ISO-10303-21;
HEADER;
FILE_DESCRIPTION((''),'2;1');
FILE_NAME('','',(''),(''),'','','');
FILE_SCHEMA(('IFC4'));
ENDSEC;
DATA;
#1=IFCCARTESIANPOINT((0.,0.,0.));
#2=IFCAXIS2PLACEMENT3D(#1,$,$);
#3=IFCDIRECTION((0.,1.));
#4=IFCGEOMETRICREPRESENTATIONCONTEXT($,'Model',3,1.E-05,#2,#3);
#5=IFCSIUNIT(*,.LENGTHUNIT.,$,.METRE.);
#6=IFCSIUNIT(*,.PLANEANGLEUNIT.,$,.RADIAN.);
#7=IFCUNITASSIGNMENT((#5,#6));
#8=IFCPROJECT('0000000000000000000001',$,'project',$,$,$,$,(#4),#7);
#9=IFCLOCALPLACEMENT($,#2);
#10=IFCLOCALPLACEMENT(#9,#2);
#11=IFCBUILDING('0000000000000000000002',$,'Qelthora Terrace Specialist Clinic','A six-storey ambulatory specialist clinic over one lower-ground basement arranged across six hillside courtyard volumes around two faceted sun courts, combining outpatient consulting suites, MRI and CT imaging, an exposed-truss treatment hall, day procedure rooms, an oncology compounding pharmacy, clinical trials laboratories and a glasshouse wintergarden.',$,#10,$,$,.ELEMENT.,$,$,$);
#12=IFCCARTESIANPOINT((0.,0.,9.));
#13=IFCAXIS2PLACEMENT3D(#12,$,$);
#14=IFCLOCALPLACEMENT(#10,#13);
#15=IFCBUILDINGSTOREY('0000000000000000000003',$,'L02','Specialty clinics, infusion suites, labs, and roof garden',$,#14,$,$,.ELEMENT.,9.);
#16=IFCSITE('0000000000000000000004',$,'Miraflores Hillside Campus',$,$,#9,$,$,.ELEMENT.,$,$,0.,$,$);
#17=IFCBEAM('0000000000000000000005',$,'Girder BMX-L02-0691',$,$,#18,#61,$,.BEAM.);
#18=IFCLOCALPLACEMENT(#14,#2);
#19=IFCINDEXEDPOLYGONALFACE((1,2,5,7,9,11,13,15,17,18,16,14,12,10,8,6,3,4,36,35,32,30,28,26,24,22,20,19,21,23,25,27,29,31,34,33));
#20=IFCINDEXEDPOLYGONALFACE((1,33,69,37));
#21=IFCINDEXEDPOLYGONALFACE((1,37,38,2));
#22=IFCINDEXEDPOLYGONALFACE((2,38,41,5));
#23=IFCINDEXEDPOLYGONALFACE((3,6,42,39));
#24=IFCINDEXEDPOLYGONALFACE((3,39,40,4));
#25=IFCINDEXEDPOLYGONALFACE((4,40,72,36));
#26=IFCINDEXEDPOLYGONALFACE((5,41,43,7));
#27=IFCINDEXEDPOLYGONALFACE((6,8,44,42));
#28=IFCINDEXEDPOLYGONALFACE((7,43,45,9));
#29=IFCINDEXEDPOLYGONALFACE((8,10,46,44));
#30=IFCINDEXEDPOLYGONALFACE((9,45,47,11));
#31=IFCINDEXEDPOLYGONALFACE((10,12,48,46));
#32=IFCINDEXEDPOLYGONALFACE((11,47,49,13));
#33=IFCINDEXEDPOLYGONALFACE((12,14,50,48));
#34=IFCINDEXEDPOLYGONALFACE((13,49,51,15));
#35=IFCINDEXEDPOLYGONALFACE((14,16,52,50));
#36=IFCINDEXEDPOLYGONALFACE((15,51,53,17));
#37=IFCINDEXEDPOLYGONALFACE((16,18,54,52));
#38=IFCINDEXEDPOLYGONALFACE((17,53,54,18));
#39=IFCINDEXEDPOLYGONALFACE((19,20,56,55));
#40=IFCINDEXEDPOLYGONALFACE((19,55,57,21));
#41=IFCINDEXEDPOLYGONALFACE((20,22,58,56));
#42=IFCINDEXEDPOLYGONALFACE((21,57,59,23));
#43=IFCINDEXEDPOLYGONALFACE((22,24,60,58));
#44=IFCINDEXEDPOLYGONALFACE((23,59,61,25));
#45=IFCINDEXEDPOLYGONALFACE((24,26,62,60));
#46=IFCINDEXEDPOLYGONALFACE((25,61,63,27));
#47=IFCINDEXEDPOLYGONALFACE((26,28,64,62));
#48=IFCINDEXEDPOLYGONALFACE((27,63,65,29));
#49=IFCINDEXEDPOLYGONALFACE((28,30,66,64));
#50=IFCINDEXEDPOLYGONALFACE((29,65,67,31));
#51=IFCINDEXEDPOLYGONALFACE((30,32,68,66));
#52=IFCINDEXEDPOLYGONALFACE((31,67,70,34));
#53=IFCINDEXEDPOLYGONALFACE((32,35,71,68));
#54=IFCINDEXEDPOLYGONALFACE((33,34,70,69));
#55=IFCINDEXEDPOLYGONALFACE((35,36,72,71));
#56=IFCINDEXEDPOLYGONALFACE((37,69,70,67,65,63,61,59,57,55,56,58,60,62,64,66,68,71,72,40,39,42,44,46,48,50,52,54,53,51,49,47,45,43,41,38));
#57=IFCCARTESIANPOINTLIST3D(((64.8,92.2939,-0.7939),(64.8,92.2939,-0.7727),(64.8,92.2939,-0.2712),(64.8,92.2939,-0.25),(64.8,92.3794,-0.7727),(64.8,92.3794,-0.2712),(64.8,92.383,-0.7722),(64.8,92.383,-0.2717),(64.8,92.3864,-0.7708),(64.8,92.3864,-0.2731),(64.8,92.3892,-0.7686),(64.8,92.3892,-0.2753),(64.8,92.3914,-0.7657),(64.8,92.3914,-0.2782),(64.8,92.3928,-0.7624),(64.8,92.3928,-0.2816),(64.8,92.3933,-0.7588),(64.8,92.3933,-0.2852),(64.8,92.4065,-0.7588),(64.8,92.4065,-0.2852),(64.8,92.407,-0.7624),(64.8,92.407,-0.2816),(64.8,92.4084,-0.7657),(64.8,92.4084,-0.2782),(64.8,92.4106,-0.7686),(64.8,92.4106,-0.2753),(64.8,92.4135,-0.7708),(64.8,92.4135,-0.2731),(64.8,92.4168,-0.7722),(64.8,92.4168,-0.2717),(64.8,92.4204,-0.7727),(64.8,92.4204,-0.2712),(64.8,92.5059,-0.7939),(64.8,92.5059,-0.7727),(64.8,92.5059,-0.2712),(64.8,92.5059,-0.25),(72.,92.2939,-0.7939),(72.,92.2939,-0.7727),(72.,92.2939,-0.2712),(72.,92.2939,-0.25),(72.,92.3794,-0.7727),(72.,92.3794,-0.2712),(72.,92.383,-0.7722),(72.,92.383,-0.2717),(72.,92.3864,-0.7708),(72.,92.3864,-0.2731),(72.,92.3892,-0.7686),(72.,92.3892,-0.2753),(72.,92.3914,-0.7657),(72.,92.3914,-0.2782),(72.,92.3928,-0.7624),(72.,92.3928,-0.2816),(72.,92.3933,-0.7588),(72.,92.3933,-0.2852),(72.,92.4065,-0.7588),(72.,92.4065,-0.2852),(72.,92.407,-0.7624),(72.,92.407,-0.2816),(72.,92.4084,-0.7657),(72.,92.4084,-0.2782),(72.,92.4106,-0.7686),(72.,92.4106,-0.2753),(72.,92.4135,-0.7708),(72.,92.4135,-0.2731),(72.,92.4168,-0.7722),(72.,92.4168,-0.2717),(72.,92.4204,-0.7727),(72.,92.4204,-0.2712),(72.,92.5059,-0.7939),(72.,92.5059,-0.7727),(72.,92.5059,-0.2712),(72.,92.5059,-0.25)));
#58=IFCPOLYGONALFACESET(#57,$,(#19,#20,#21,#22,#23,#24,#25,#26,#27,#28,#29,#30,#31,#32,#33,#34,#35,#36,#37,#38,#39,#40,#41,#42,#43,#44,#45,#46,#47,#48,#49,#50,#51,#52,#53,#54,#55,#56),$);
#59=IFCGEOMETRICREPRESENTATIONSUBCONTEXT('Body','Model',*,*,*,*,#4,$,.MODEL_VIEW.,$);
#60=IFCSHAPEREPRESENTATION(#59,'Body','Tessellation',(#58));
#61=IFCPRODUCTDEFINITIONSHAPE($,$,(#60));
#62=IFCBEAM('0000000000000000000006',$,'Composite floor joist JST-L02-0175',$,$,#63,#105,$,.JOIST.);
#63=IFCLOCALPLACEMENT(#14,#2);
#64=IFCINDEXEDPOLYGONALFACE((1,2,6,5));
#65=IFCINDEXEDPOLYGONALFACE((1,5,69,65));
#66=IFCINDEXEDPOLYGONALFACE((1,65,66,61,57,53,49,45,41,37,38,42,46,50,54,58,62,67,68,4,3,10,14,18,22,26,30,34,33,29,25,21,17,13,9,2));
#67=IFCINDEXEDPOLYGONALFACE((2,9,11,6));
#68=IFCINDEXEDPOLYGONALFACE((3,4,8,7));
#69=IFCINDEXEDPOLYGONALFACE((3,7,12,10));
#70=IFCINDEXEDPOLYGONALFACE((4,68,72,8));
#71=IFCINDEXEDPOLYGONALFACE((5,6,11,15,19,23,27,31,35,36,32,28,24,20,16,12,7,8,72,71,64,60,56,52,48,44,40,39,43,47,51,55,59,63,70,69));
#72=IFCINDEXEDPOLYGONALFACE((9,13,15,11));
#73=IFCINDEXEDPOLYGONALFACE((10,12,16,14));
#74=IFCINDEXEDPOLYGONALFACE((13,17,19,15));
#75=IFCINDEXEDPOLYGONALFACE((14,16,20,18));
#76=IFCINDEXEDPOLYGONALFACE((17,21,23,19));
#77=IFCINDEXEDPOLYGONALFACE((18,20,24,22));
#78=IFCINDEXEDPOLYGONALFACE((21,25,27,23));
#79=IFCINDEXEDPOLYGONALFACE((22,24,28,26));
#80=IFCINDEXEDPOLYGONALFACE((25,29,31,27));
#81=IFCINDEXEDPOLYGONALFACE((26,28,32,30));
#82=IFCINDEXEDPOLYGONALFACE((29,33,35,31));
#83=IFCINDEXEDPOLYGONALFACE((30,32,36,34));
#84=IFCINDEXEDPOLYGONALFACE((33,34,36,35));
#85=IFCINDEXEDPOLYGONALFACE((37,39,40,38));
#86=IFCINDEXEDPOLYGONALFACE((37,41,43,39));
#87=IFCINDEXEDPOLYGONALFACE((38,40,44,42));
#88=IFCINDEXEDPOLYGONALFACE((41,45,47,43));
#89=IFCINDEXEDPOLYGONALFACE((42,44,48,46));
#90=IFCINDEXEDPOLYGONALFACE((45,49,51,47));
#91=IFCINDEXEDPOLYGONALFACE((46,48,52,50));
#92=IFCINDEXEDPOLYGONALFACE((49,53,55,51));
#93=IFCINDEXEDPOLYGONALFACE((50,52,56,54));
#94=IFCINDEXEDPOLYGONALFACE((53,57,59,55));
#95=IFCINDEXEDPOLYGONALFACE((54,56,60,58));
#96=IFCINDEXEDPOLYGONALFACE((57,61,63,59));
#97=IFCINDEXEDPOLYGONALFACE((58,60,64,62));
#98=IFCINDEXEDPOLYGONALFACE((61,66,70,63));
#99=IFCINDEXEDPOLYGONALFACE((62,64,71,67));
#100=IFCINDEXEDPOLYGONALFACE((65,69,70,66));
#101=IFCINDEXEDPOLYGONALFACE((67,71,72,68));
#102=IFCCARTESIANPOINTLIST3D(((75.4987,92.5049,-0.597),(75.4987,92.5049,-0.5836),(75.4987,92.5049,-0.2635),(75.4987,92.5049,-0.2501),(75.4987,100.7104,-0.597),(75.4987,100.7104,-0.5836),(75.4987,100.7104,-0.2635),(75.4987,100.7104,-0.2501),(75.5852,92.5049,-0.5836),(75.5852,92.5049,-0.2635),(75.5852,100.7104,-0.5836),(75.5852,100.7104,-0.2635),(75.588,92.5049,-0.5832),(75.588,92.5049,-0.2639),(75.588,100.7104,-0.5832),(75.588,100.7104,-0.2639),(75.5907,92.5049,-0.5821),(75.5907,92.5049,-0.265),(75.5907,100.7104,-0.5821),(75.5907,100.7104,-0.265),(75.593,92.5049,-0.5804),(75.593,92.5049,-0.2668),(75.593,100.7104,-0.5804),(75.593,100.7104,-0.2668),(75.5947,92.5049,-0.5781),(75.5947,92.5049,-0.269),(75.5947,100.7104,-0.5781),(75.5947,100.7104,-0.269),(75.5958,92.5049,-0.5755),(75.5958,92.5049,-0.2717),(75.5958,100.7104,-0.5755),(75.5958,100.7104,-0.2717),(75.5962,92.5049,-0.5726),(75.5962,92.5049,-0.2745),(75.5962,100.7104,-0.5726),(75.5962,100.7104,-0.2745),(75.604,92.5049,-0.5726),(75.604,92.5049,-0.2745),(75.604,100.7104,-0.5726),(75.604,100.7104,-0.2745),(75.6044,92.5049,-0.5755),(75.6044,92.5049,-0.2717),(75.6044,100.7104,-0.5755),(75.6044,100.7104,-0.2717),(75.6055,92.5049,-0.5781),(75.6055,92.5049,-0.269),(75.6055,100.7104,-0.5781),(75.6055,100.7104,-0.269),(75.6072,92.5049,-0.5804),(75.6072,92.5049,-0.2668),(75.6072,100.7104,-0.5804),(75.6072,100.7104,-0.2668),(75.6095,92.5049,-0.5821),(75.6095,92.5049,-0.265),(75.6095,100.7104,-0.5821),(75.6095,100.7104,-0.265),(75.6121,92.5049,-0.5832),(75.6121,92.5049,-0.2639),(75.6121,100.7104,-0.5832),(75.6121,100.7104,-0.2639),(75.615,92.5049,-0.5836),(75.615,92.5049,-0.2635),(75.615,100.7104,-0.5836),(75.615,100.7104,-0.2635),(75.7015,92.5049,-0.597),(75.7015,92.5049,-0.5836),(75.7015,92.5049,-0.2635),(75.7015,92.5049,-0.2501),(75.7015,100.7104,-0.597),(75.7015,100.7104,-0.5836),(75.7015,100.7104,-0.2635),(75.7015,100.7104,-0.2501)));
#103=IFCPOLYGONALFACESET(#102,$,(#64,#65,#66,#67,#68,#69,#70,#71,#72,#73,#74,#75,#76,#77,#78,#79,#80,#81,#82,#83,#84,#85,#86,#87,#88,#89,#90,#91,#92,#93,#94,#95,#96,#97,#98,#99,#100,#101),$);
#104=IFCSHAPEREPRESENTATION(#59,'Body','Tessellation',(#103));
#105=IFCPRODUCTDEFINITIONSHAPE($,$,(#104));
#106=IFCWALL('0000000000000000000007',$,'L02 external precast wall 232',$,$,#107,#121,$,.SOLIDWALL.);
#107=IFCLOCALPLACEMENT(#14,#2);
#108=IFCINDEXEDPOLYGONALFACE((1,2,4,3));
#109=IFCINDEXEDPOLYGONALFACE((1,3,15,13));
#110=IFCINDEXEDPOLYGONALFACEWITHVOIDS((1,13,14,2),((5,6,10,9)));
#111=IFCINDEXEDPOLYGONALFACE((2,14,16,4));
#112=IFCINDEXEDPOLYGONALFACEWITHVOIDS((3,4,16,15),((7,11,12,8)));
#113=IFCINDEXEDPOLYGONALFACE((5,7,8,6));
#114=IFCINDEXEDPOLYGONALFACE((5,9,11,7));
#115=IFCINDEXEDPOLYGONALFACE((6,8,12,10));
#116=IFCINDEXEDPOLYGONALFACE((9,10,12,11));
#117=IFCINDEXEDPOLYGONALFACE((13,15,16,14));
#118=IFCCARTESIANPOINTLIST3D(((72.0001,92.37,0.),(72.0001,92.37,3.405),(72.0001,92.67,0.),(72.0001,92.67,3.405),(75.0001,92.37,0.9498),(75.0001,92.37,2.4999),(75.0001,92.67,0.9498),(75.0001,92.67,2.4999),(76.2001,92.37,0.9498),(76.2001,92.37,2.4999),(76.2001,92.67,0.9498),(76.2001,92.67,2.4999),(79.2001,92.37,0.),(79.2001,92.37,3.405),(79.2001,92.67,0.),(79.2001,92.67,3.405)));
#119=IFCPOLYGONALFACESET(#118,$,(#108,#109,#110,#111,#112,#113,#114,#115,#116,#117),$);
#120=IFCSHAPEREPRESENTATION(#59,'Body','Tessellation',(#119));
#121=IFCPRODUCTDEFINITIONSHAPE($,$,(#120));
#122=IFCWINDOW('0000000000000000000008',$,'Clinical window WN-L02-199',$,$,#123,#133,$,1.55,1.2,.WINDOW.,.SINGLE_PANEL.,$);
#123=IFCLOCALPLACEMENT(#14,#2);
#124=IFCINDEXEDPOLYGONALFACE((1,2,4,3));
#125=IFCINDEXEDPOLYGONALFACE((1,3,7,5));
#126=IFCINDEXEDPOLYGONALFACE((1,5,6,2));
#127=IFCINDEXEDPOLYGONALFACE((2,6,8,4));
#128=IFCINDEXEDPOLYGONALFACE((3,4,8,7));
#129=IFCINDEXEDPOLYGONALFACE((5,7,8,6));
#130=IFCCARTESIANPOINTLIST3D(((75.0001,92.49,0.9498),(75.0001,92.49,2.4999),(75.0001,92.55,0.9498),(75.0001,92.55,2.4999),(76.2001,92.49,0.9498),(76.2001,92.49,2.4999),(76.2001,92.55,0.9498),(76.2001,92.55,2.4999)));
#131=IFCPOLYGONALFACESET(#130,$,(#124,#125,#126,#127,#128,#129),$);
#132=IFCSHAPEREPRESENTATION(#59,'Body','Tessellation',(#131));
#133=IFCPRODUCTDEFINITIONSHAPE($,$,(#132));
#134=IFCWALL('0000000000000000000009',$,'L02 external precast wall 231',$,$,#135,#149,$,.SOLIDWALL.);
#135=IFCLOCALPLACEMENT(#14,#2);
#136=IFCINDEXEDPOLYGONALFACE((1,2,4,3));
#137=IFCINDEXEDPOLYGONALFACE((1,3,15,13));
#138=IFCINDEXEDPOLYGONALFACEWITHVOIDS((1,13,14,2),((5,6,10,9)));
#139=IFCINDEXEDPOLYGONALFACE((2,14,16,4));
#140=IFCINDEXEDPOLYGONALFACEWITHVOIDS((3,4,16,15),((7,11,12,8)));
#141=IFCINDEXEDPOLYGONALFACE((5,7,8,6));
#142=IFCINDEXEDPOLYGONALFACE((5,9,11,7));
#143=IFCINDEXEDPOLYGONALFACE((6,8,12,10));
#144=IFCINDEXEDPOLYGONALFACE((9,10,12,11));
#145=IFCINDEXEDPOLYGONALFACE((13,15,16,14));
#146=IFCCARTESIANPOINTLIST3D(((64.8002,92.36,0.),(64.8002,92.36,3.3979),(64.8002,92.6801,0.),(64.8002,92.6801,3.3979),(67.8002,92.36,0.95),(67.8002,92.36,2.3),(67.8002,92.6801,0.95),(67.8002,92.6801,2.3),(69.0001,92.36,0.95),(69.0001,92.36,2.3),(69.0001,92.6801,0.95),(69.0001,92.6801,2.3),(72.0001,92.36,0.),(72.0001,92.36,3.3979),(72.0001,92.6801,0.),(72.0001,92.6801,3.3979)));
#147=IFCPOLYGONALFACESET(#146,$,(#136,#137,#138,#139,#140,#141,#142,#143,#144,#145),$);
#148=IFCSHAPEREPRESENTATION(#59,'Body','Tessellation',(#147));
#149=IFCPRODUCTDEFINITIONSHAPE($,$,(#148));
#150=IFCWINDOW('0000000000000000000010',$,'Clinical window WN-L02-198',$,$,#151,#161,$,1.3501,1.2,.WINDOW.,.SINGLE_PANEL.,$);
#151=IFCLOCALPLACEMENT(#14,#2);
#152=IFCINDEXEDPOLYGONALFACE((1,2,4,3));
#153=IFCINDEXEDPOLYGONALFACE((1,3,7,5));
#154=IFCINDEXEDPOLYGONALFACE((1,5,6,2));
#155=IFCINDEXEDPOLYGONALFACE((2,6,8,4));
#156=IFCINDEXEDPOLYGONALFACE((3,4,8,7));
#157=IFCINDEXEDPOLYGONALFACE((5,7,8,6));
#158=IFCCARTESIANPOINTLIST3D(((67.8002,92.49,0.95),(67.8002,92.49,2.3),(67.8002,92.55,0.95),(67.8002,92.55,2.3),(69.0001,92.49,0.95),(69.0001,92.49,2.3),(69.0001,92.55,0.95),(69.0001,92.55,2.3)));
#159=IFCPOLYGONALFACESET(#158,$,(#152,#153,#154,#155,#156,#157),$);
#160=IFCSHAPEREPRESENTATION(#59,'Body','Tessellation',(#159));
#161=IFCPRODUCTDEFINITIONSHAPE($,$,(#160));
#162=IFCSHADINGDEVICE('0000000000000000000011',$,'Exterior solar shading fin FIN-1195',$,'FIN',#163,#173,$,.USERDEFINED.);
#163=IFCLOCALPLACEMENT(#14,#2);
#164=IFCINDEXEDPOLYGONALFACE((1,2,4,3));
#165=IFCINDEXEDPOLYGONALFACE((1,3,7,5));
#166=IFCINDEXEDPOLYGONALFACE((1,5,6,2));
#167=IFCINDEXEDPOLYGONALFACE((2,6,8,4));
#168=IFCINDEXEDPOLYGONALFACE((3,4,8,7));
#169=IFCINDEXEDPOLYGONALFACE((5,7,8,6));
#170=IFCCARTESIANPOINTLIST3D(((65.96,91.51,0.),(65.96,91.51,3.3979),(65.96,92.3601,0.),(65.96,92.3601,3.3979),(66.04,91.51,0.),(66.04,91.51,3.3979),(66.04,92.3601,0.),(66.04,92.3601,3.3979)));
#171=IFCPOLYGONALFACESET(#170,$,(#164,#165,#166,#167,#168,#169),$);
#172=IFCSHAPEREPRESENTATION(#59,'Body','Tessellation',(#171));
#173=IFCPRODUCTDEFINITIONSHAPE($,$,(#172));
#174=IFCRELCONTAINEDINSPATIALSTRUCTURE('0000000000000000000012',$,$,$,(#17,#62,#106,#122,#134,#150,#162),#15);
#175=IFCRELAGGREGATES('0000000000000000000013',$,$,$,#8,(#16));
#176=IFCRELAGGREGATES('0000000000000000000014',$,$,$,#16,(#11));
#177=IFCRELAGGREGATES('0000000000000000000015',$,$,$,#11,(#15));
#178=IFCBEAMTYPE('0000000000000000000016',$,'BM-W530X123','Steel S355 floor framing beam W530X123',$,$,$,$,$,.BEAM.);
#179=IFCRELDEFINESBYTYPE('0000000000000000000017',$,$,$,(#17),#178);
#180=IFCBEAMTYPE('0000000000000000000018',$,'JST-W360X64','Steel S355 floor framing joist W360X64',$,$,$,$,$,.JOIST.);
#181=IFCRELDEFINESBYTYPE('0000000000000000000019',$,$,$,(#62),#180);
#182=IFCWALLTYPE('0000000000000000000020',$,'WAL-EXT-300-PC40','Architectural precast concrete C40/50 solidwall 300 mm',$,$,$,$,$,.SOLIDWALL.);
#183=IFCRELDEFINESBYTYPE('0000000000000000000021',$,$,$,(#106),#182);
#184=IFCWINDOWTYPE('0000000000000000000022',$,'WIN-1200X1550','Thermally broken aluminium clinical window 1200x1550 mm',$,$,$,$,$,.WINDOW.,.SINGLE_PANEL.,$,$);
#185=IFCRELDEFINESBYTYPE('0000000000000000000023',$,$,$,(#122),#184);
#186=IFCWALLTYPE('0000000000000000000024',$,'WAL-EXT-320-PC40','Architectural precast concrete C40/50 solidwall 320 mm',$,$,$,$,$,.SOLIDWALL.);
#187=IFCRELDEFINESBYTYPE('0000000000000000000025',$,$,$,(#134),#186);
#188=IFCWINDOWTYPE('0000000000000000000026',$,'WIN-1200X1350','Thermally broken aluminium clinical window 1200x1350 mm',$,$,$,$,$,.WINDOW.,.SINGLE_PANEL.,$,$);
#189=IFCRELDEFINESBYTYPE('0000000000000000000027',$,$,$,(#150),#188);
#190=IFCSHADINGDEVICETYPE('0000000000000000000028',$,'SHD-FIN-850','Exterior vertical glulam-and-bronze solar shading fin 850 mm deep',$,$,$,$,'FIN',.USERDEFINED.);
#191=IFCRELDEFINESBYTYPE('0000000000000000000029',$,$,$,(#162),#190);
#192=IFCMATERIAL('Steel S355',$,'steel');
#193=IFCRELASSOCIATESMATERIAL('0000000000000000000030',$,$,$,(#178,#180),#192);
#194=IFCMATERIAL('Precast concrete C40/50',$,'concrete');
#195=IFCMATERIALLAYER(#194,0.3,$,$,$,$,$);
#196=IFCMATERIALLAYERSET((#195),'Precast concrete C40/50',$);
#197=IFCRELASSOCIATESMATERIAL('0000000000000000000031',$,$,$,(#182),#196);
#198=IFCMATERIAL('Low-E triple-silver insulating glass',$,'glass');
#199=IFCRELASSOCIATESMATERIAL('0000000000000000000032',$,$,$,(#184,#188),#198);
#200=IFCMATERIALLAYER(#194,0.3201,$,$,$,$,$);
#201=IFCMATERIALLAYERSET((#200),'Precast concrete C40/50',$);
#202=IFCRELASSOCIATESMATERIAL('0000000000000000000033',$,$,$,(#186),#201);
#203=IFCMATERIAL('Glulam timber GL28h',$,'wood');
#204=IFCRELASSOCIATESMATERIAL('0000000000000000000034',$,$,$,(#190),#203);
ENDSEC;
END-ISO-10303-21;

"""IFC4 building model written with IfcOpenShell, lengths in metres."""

from ifc_helpers import new_model, si_unit, direction, frame, frame_2d, origin, origin_2d, place, context, subcontext, project, spatial, rectangle, i_section, extrude, material, layer, layer_set, material_profile, profile_set, type_object, element, fill, save


model = new_model("IFC4")

# Units and contexts
model_context = context("Model", 3, precision=1e-05, world=origin(), true_north=direction((0.0, 1.0)))
body_context = subcontext(model_context, "Body", "Model", "MODEL_VIEW")
ifc_project = project(units=[si_unit("LENGTHUNIT", "METRE"), si_unit("PLANEANGLEUNIT", "RADIAN")], contexts=[model_context])

# Site, building, storey
site_placement = place(None, origin())
site = spatial("IfcSite", under=ifc_project, at=site_placement, Name="Miraflores Hillside Campus", CompositionType="ELEMENT", RefElevation=0.0)
building_placement = place(site_placement, origin())
building = spatial("IfcBuilding", under=site, at=building_placement, Name="Qelthora Terrace Specialist Clinic", Description="A six-storey ambulatory specialist clinic over one lower-ground basement arranged across six hillside courtyard volumes around two faceted sun courts, combining outpatient consulting suites, MRI and CT imaging, an exposed-truss treatment hall, day procedure rooms, an oncology compounding pharmacy, clinical trials laboratories and a glasshouse wintergarden.", CompositionType="ELEMENT")
storey_placement = place(building_placement, frame((0.0, 0.0, 9.0)))
storey = spatial("IfcBuildingStorey", under=building, at=storey_placement, Name="L02", Description="Specialty clinics, infusion suites, labs, and roof garden", CompositionType="ELEMENT", Elevation=9.0)

# Shared definitions
ifc_material_1 = material(Name="Steel S355", Category="steel")

# Beams
ifc_material_profile_1 = material_profile(ifc_material_1, i_section(OverallWidth=0.2119, OverallDepth=0.5439, WebThickness=0.0132, FlangeThickness=0.0212, FilletRadius=0.0139, at=origin_2d()), Name="W530X123")
ifc_profile_set_1 = profile_set([ifc_material_profile_1], Name="Steel S355")
beam_type_1 = type_object("IfcBeamType", Name="BM-W530X123", Description="Steel S355 floor framing beam W530X123", PredefinedType="BEAM", material=ifc_profile_set_1)
beam_1_placement = place(storey_placement, frame((64.8, 92.3999, -0.522), z_axis=(1.0, 0.0, 0.0), x_axis=(0.0, 1.0, 0.0)))
element("IfcBeam", 1, at=beam_1_placement, inside=storey, type_object=beam_type_1, Name="Girder BMX-L02-0691", PredefinedType="BEAM", context=body_context, shape_type="SweptSolid", body=[
    extrude(i_section(OverallWidth=0.2119, OverallDepth=0.5439, WebThickness=0.0132, FlangeThickness=0.0212, FilletRadius=0.0139, at=origin_2d()), origin(), (0.0, 0.0, 1.0), 7.2),
])
ifc_material_profile_2 = material_profile(ifc_material_1, i_section(OverallWidth=0.2029, OverallDepth=0.3469, WebThickness=0.0078, FlangeThickness=0.0134, FilletRadius=0.011, at=origin_2d()), Name="W360X64")
ifc_profile_set_2 = profile_set([ifc_material_profile_2], Name="Steel S355")
beam_type_2 = type_object("IfcBeamType", Name="JST-W360X64", Description="Steel S355 floor framing joist W360X64", PredefinedType="JOIST", material=ifc_profile_set_2)
beam_2_placement = place(storey_placement, frame((75.6001, 92.5049, -0.4236), z_axis=(0.0, 1.0, 0.0), x_axis=(-1.0, 0.0, 0.0)))
element("IfcBeam", 2, at=beam_2_placement, inside=storey, type_object=beam_type_2, Name="Composite floor joist JST-L02-0175", PredefinedType="JOIST", context=body_context, shape_type="SweptSolid", body=[
    extrude(i_section(OverallWidth=0.2029, OverallDepth=0.3469, WebThickness=0.0078, FlangeThickness=0.0134, FilletRadius=0.011, at=origin_2d()), origin(), (0.0, 0.0, 1.0), 8.2056),
])

# Walls, openings, windows
ifc_material_2 = material(Name="Precast concrete C40/50", Category="concrete")
ifc_layer_1 = layer(ifc_material_2, 0.3)
ifc_layer_set_1 = layer_set([ifc_layer_1], Name="Precast concrete C40/50")
wall_type_1 = type_object("IfcWallType", Name="WAL-EXT-300-PC40", Description="Architectural precast concrete C40/50 solidwall 300 mm", PredefinedType="SOLIDWALL", material=ifc_layer_set_1)
wall_1_placement = place(storey_placement, frame((72.0, 92.52, 0.0), z_axis=(0.0, 0.0, 1.0), x_axis=(1.0, 0.0, 0.0)))
wall_1 = element("IfcWall", 3, at=wall_1_placement, inside=storey, type_object=wall_type_1, Name="L02 external precast wall 232", PredefinedType="SOLIDWALL", context=body_context, shape_type="SweptSolid", body=[
    extrude(rectangle(XDim=7.2, YDim=0.3, at=frame_2d((3.6001, 0.0))), origin(), (0.0, 0.0, 1.0), 3.405),
])
opening_1_placement = place(wall_1_placement, frame((3.0, 0.0, 0.95)))
opening_1 = element("IfcOpeningElement", 4, at=opening_1_placement, cuts=wall_1, PredefinedType="OPENING", context=body_context, shape_type="SweptSolid", body=[
    extrude(rectangle(XDim=1.2, YDim=1.55, at=frame_2d((0.6001, 0.7749))), frame((0.0, 0.1599, 0.0), z_axis=(0.0, -1.0, 0.0), x_axis=(1.0, 0.0, 0.0)), (0.0, 0.0, 1.0), 0.3201),
])
ifc_material_3 = material(Name="Low-E triple-silver insulating glass", Category="glass")
window_type_1 = type_object("IfcWindowType", Name="WIN-1200X1550", Description="Thermally broken aluminium clinical window 1200x1550 mm", PartitioningType="SINGLE_PANEL", PredefinedType="WINDOW", material=ifc_material_3)
window_1_placement = place(opening_1_placement, origin())
window_1 = element("IfcWindow", 5, at=window_1_placement, inside=storey, type_object=window_type_1, Name="Clinical window WN-L02-199", OverallHeight=1.55, OverallWidth=1.2, PartitioningType="SINGLE_PANEL", PredefinedType="WINDOW", context=body_context, shape_type="SweptSolid", body=[
    extrude(rectangle(XDim=1.2, YDim=1.55, at=frame_2d((0.6001, 0.7749))), frame((0.0, 0.03, 0.0), z_axis=(0.0, -1.0, 0.0), x_axis=(1.0, 0.0, 0.0)), (0.0, 0.0, 1.0), 0.0601),
])
fill(opening_1, window_1)
ifc_layer_2 = layer(ifc_material_2, 0.3201)
ifc_layer_set_2 = layer_set([ifc_layer_2], Name="Precast concrete C40/50")
wall_type_2 = type_object("IfcWallType", Name="WAL-EXT-320-PC40", Description="Architectural precast concrete C40/50 solidwall 320 mm", PredefinedType="SOLIDWALL", material=ifc_layer_set_2)
wall_2_placement = place(storey_placement, frame((64.8, 92.52, 0.0), z_axis=(0.0, 0.0, 1.0), x_axis=(1.0, 0.0, 0.0)))
wall_2 = element("IfcWall", 6, at=wall_2_placement, inside=storey, type_object=wall_type_2, Name="L02 external precast wall 231", PredefinedType="SOLIDWALL", context=body_context, shape_type="SweptSolid", body=[
    extrude(rectangle(XDim=7.2, YDim=0.3201, at=frame_2d((3.6001, 0.0))), origin(), (0.0, 0.0, 1.0), 3.3979),
])
opening_2_placement = place(wall_2_placement, frame((3.0, 0.0, 0.95)))
opening_2 = element("IfcOpeningElement", 7, at=opening_2_placement, cuts=wall_2, PredefinedType="OPENING", context=body_context, shape_type="SweptSolid", body=[
    extrude(rectangle(XDim=1.2, YDim=1.3501, at=frame_2d((0.6001, 0.675))), frame((0.0, 0.1699, 0.0), z_axis=(0.0, -1.0, 0.0), x_axis=(1.0, 0.0, 0.0)), (0.0, 0.0, 1.0), 0.3401),
])
window_type_2 = type_object("IfcWindowType", Name="WIN-1200X1350", Description="Thermally broken aluminium clinical window 1200x1350 mm", PartitioningType="SINGLE_PANEL", PredefinedType="WINDOW", material=ifc_material_3)
window_2_placement = place(opening_2_placement, origin())
window_2 = element("IfcWindow", 8, at=window_2_placement, inside=storey, type_object=window_type_2, Name="Clinical window WN-L02-198", OverallHeight=1.3501, OverallWidth=1.2, PartitioningType="SINGLE_PANEL", PredefinedType="WINDOW", context=body_context, shape_type="SweptSolid", body=[
    extrude(rectangle(XDim=1.2, YDim=1.3501, at=frame_2d((0.6001, 0.675))), frame((0.0, 0.03, 0.0), z_axis=(0.0, -1.0, 0.0), x_axis=(1.0, 0.0, 0.0)), (0.0, 0.0, 1.0), 0.0601),
])
fill(opening_2, window_2)

# Shading device
ifc_material_4 = material(Name="Glulam timber GL28h", Category="wood")
shading_device_type = type_object("IfcShadingDeviceType", Name="SHD-FIN-850", Description="Exterior vertical glulam-and-bronze solar shading fin 850 mm deep", ElementType="FIN", PredefinedType="USERDEFINED", material=ifc_material_4)
for number, where, z_axis, x_axis, name in (
    (9, (66.0, 91.9351, 0.0), (0.0, 0.0, 1.0), (0.0, -1.0, 0.0), "Exterior solar shading fin FIN-1195"),
):
    element("IfcShadingDevice", number, at=place(storey_placement, frame(where, z_axis=z_axis, x_axis=x_axis)), inside=storey, type_object=shading_device_type, Name=name, ObjectType="FIN", PredefinedType="USERDEFINED", context=body_context, shape_type="SweptSolid", body=[
        extrude(rectangle(XDim=0.8501, YDim=0.0801, at=origin_2d()), origin(), (0.0, 0.0, 1.0), 3.3979),
    ])

save(model, "model.ifc")
